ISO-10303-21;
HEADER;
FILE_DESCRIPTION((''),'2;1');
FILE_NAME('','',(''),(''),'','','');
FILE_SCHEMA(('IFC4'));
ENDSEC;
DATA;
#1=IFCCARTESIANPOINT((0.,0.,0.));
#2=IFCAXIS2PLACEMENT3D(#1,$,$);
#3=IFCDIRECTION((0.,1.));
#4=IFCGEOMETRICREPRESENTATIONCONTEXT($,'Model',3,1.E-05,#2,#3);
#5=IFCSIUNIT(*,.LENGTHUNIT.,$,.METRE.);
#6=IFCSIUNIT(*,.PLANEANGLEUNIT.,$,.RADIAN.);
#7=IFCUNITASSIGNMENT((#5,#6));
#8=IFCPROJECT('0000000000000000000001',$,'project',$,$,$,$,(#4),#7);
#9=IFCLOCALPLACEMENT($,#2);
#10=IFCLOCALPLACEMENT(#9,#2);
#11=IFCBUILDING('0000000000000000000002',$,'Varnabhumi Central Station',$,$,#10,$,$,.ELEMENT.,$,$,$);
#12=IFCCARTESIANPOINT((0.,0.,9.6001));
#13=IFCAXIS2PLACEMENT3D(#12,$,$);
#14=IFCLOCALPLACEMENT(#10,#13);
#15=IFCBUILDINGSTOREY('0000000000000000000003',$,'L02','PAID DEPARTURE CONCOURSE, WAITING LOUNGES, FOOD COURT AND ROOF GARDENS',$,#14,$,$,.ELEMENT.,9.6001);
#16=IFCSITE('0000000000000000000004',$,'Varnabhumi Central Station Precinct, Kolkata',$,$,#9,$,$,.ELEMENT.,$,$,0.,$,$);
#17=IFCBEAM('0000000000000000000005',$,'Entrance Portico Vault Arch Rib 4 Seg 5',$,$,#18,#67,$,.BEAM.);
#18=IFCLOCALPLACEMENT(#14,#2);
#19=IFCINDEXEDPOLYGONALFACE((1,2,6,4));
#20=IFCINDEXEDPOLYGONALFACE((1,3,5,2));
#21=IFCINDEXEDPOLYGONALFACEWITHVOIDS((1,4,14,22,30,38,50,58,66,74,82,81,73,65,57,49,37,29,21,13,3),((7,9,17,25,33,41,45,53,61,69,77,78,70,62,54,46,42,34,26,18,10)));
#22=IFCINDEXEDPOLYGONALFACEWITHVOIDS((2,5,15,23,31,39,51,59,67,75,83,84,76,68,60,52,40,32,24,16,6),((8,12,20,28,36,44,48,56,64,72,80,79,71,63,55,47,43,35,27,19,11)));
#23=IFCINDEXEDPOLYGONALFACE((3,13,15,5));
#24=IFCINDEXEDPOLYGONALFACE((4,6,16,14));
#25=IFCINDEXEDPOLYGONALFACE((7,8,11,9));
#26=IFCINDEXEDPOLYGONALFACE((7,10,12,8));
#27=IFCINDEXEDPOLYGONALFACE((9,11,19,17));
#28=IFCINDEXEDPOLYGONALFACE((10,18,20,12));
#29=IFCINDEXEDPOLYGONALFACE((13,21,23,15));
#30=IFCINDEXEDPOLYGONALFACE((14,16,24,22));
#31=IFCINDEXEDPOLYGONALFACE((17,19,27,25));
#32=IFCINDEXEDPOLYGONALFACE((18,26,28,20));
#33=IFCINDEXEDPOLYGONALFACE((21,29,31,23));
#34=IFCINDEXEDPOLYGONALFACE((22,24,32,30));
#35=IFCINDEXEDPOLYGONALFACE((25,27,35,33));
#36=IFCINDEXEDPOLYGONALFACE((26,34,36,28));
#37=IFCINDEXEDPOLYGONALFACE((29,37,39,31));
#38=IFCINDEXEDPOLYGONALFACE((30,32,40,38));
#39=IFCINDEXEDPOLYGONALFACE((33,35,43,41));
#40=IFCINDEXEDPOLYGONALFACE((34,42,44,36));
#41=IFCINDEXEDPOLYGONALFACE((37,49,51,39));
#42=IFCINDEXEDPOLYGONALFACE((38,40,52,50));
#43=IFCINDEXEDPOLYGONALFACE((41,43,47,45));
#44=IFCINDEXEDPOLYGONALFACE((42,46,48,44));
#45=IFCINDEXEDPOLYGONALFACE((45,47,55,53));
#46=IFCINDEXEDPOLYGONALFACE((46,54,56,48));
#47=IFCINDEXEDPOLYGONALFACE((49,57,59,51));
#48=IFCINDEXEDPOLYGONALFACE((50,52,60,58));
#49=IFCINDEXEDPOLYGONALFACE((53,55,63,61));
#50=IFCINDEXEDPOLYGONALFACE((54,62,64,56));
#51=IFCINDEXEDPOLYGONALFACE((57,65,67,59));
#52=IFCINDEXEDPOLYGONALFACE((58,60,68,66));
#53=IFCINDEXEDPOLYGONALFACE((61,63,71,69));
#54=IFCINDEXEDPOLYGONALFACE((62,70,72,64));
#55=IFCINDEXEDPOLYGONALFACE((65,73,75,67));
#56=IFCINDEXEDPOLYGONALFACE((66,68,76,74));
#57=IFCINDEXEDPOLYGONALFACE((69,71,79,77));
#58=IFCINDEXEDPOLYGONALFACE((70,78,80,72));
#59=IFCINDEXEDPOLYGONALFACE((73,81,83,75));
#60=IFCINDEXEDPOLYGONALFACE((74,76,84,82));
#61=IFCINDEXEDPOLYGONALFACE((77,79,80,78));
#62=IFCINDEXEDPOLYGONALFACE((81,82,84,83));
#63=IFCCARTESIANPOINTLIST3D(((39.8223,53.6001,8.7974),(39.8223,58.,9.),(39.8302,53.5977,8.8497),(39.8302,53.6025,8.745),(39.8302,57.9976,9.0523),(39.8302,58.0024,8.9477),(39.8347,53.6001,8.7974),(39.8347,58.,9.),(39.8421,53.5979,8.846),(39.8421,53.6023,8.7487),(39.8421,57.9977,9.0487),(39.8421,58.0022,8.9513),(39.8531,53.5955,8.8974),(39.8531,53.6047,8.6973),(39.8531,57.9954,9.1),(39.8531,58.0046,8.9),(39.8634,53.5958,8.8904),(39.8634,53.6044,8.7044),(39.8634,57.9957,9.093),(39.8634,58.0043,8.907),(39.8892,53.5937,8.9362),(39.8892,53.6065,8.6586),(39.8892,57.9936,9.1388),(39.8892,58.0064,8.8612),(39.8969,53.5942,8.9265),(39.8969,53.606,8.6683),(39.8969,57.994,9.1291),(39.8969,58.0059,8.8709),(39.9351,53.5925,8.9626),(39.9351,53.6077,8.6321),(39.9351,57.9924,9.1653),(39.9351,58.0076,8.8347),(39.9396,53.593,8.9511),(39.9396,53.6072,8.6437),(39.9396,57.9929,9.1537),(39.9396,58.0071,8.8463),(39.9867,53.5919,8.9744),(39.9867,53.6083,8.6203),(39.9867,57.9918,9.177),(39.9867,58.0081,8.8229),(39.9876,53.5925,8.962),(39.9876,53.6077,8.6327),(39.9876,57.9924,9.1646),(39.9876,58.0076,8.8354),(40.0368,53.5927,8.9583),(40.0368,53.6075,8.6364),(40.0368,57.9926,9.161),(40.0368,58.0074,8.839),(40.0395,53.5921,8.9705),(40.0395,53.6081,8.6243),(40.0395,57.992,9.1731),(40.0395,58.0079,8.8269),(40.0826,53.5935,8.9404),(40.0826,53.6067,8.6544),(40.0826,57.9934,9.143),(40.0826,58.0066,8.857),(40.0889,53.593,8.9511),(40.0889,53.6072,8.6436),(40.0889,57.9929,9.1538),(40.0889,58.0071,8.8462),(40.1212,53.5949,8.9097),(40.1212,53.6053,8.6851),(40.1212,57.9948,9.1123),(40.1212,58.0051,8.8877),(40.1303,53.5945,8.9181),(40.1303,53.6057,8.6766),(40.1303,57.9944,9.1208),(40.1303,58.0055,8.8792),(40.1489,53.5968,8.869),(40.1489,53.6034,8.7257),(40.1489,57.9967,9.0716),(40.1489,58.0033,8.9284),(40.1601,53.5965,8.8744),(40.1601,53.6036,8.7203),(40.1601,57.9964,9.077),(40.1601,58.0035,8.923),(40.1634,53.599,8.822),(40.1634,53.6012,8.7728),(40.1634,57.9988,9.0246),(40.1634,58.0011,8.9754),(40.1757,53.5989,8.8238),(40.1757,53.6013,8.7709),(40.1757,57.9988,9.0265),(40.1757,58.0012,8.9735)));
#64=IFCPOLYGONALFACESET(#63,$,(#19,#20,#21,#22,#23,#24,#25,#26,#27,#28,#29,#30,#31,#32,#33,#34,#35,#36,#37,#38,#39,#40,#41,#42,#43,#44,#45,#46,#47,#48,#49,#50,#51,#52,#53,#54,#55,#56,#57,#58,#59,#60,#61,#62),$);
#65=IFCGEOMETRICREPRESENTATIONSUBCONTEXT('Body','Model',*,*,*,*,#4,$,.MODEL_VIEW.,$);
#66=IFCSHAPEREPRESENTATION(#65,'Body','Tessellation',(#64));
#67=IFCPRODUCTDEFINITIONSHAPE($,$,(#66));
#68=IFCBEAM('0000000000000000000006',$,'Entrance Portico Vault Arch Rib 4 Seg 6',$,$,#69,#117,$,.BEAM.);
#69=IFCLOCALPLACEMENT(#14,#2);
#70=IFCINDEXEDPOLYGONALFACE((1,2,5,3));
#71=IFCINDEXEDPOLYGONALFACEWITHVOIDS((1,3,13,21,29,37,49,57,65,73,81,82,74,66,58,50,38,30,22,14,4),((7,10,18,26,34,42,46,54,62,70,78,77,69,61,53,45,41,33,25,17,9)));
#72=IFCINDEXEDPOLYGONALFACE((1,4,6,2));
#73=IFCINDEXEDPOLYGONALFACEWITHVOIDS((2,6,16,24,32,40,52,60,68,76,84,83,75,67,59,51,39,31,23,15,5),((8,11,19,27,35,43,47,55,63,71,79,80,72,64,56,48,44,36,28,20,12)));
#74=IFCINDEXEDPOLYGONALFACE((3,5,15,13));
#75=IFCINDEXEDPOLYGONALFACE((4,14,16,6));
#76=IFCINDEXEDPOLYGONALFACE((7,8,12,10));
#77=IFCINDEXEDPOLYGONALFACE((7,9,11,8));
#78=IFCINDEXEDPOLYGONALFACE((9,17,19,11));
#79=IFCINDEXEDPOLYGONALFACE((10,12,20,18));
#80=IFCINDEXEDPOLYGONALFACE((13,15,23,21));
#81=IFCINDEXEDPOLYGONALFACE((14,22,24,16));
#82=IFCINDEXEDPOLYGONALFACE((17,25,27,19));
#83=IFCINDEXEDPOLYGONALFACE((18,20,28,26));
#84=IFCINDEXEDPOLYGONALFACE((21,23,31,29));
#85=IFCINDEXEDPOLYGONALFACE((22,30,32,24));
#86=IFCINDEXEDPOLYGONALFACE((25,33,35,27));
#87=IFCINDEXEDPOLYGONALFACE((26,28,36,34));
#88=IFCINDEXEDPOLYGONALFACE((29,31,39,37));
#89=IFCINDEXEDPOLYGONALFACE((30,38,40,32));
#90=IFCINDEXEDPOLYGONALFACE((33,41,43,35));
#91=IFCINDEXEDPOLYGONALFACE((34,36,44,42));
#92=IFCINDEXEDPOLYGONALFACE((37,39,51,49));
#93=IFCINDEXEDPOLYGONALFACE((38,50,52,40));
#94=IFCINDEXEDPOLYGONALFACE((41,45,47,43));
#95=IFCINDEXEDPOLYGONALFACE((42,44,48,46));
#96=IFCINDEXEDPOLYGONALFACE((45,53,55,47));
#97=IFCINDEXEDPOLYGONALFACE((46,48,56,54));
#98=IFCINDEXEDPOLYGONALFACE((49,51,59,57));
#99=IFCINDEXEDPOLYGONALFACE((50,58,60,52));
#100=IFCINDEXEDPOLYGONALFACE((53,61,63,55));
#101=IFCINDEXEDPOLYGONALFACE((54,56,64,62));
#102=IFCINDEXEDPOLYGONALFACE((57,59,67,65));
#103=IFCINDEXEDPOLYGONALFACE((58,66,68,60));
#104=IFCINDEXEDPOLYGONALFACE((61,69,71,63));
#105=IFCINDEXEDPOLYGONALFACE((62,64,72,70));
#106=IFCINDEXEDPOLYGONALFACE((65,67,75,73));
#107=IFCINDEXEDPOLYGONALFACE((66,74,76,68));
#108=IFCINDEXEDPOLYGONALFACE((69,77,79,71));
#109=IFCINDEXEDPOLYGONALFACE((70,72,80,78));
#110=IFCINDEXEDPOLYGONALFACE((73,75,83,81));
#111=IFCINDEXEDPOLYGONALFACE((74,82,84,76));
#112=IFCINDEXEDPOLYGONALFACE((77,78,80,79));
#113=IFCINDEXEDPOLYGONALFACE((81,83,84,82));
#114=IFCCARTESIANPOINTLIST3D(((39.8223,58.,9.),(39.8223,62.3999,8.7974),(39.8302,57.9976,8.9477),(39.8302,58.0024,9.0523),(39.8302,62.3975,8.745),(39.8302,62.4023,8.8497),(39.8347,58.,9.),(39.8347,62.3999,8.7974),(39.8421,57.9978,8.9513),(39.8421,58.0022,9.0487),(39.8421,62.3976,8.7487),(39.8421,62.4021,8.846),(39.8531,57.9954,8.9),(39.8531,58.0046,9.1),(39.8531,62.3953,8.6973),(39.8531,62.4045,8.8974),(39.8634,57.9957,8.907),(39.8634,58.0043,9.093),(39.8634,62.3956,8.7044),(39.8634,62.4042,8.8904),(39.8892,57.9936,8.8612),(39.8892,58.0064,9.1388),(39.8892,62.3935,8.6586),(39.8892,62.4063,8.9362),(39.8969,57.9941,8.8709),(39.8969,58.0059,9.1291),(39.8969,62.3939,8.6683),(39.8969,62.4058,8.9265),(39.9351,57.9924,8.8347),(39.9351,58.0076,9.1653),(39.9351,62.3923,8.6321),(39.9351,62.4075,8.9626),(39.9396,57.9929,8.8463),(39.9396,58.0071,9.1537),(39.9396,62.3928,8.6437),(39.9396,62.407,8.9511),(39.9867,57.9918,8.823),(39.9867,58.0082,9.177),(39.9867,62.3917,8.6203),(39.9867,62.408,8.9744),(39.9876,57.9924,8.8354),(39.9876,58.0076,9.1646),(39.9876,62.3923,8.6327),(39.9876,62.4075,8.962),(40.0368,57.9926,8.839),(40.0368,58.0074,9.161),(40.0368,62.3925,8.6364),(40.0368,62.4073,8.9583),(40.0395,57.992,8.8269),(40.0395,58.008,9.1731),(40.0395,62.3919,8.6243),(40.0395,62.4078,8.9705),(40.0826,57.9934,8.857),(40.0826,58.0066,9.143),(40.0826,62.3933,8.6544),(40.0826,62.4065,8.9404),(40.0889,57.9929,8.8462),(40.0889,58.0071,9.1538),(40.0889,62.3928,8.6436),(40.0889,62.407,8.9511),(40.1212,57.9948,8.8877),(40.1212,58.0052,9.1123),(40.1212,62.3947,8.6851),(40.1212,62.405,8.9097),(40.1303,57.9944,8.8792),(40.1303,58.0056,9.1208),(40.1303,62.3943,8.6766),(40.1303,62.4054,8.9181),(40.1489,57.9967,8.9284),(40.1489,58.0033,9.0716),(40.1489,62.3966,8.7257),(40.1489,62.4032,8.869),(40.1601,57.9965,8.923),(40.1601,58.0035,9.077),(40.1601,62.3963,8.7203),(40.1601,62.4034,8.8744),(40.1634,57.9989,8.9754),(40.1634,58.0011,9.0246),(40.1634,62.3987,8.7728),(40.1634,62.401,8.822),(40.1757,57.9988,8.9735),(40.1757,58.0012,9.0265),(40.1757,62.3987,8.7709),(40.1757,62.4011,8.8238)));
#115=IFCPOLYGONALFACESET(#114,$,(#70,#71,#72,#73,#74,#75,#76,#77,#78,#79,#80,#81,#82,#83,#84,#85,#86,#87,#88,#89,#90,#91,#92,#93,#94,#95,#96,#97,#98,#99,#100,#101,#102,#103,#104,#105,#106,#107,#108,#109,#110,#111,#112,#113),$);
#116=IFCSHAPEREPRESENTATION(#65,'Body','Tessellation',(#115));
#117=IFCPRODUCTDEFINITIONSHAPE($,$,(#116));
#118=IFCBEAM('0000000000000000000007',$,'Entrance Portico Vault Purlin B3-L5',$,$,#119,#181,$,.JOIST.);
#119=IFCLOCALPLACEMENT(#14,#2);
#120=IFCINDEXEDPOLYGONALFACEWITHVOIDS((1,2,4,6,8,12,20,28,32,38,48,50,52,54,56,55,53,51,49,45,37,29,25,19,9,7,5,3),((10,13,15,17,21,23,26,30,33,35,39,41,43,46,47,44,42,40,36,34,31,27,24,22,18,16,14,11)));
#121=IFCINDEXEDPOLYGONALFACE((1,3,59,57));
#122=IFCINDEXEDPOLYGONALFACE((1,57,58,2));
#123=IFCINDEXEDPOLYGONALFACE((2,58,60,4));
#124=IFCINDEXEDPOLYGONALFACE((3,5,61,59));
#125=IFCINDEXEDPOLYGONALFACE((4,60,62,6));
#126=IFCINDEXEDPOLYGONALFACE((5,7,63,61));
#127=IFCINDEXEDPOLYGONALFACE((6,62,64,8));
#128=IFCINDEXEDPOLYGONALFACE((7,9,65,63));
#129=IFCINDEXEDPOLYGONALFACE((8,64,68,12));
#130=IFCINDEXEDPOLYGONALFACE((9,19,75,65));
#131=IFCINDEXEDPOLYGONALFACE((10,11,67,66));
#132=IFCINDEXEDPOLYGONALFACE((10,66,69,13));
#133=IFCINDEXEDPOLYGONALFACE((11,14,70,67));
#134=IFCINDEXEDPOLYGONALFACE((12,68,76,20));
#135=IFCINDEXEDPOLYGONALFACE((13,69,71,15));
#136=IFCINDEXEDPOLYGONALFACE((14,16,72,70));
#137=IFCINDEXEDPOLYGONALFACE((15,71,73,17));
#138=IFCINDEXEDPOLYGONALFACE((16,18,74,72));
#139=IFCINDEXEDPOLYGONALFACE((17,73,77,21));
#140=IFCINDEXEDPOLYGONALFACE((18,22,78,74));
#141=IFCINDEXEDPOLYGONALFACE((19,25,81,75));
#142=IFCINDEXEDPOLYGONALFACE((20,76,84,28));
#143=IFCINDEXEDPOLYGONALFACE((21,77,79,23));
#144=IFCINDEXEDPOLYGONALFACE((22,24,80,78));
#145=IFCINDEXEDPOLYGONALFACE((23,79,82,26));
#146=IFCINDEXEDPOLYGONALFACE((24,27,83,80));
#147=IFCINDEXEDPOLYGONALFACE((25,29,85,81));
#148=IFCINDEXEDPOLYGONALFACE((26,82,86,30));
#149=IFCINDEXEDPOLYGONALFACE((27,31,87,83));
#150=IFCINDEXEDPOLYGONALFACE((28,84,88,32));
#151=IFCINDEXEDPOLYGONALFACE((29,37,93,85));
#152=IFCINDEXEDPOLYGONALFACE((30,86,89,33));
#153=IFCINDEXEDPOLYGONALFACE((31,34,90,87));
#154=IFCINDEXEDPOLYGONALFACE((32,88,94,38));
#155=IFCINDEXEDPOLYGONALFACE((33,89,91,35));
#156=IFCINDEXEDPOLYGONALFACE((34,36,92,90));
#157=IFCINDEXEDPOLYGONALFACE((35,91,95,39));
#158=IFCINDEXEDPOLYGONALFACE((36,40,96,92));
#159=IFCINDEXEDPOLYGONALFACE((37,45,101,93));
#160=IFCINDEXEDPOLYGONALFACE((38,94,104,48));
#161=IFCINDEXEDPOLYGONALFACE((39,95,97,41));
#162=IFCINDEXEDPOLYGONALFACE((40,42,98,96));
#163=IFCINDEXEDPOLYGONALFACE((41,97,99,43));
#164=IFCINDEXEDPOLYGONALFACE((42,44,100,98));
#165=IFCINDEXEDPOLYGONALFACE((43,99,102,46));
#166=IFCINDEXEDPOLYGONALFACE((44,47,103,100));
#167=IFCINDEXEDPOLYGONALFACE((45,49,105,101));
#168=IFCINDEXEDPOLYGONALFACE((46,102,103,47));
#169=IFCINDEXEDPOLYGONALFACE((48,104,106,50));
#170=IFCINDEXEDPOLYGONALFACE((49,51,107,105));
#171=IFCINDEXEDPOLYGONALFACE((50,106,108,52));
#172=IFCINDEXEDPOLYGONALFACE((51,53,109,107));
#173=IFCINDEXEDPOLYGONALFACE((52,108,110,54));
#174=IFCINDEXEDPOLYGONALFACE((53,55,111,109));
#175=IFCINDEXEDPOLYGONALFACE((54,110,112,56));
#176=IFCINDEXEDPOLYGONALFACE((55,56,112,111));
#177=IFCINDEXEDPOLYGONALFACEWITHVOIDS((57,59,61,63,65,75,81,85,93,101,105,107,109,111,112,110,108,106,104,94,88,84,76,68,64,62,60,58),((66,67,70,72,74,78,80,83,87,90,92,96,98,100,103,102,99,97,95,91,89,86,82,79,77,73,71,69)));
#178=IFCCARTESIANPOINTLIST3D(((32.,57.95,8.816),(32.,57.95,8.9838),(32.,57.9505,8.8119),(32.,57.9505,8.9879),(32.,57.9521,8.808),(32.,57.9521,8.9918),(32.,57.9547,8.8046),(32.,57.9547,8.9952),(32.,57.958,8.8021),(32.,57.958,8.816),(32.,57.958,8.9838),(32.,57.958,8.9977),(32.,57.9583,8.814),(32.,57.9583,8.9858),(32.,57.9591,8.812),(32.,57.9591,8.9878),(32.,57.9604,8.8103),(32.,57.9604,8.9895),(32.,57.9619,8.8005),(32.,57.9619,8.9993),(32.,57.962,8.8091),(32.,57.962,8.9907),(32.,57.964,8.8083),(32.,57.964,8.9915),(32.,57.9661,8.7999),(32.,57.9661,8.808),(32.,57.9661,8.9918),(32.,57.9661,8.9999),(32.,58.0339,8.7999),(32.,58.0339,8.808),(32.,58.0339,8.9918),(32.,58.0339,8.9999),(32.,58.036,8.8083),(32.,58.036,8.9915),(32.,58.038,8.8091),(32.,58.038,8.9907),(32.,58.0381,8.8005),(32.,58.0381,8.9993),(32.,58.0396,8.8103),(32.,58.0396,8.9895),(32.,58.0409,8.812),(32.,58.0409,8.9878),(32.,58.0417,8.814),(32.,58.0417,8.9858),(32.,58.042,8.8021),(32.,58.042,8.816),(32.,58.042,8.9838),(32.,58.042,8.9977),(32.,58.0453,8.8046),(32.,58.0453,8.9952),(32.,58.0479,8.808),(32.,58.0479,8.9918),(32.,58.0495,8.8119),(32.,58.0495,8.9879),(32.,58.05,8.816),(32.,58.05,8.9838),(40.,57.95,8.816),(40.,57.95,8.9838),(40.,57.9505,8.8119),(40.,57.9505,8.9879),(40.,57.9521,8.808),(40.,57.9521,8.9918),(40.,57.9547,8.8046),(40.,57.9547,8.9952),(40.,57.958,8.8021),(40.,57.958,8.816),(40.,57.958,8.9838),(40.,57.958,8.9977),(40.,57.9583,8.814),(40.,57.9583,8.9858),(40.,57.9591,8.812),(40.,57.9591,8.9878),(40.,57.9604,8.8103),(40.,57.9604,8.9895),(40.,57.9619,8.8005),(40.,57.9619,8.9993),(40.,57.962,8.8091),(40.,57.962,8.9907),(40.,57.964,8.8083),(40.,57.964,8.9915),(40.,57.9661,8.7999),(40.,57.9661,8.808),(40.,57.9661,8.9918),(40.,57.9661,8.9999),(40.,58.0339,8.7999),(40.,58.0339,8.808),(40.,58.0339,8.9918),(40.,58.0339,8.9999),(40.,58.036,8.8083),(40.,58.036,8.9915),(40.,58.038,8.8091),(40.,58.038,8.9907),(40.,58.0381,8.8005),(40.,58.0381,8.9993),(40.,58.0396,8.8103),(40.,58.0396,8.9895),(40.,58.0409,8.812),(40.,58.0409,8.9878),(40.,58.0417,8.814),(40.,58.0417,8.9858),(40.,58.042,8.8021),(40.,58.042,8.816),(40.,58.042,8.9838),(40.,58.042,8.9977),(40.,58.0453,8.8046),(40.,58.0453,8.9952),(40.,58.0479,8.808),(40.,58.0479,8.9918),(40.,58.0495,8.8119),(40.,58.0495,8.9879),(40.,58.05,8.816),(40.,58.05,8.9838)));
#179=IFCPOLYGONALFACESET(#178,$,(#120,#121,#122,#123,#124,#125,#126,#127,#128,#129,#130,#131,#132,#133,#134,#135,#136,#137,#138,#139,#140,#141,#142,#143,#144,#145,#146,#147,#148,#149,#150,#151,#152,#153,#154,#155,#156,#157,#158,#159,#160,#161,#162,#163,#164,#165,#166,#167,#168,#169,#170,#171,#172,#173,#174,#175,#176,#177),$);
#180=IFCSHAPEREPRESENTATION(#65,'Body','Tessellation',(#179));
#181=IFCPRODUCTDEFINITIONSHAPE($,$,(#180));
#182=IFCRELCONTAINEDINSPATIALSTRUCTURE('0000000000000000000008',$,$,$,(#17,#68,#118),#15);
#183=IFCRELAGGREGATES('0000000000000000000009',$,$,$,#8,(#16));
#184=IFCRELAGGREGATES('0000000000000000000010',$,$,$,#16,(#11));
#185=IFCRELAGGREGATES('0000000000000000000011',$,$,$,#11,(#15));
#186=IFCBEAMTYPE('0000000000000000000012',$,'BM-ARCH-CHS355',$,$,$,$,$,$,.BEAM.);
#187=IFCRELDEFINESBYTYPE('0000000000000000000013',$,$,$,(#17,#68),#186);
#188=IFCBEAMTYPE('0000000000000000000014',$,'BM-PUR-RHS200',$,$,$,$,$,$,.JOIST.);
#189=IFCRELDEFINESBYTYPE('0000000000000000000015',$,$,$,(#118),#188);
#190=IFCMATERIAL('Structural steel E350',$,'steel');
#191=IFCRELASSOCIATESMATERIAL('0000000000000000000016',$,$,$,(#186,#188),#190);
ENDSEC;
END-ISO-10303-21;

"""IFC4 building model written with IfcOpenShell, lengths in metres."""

from ifc_helpers import new_model, si_unit, direction, frame, origin, origin_2d, place, context, subcontext, project, spatial, hollow_rectangle, hollow_circle, extrude, material, material_profile, profile_set, type_object, element, save


model = new_model("IFC4")

# Units and contexts
model_context = context("Model", 3, precision=1e-05, world=origin(), true_north=direction((0.0, 1.0)))
body_context = subcontext(model_context, "Body", "Model", "MODEL_VIEW")
ifc_project = project(units=[si_unit("LENGTHUNIT", "METRE"), si_unit("PLANEANGLEUNIT", "RADIAN")], contexts=[model_context])

# Site, building, storey
site_placement = place(None, origin())
site = spatial("IfcSite", under=ifc_project, at=site_placement, Name="Varnabhumi Central Station Precinct, Kolkata", CompositionType="ELEMENT", RefElevation=0.0)
building_placement = place(site_placement, origin())
building = spatial("IfcBuilding", under=site, at=building_placement, Name="Varnabhumi Central Station", CompositionType="ELEMENT")
storey_placement = place(building_placement, frame((0.0, 0.0, 9.6001)))
storey = spatial("IfcBuildingStorey", under=building, at=storey_placement, Name="L02", Description="PAID DEPARTURE CONCOURSE, WAITING LOUNGES, FOOD COURT AND ROOF GARDENS", CompositionType="ELEMENT", Elevation=9.6001)

# Beams
ifc_material_1 = material(Name="Structural steel E350", Category="steel")
ifc_material_profile_1 = material_profile(ifc_material_1, hollow_circle(Radius=0.1777, WallThickness=0.0125, at=origin_2d()), Name="Structural steel E350", Category="steel")
ifc_profile_set_1 = profile_set([ifc_material_profile_1], Name="Structural steel E350")
beam_type_1 = type_object("IfcBeamType", Name="BM-ARCH-CHS355", PredefinedType="BEAM", material=ifc_profile_set_1)
for number, where, z_axis, x_axis, name in (
    (1, (40.0, 53.6001, 8.7974), (0.0, 0.998941, 0.046006), (-1.0, 0.0, 0.0), "Entrance Portico Vault Arch Rib 4 Seg 5"),
    (2, (40.0, 58.0, 9.0), (0.0, 0.998941, -0.046006), (-1.0, 0.0, 0.0), "Entrance Portico Vault Arch Rib 4 Seg 6"),
):
    element("IfcBeam", number, at=place(storey_placement, frame(where, z_axis=z_axis, x_axis=x_axis)), inside=storey, type_object=beam_type_1, Name=name, PredefinedType="BEAM", context=body_context, shape_type="SweptSolid", body=[
        extrude(hollow_circle(Radius=0.1777, WallThickness=0.0125, at=origin_2d()), origin(), (0.0, 0.0, 1.0), 4.4045),
    ])
ifc_material_profile_2 = material_profile(ifc_material_1, hollow_rectangle(XDim=0.1001, YDim=0.2, WallThickness=0.0081, InnerFilletRadius=0.0081, OuterFilletRadius=0.0161, at=origin_2d()), Name="Structural steel E350", Category="steel")
ifc_profile_set_2 = profile_set([ifc_material_profile_2], Name="Structural steel E350")
beam_type_2 = type_object("IfcBeamType", Name="BM-PUR-RHS200", PredefinedType="JOIST", material=ifc_profile_set_2)
for number, where, z_axis, x_axis, name in (
    (3, (32.0, 58.0, 8.8999), (1.0, 0.0, 0.0), (0.0, 1.0, 0.0), "Entrance Portico Vault Purlin B3-L5"),
):
    element("IfcBeam", number, at=place(storey_placement, frame(where, z_axis=z_axis, x_axis=x_axis)), inside=storey, type_object=beam_type_2, Name=name, PredefinedType="JOIST", context=body_context, shape_type="SweptSolid", body=[
        extrude(hollow_rectangle(XDim=0.1001, YDim=0.2, WallThickness=0.0081, InnerFilletRadius=0.0081, OuterFilletRadius=0.0161, at=origin_2d()), origin(), (0.0, 0.0, 1.0), 8.0),
    ])

save(model, "model.ifc")
